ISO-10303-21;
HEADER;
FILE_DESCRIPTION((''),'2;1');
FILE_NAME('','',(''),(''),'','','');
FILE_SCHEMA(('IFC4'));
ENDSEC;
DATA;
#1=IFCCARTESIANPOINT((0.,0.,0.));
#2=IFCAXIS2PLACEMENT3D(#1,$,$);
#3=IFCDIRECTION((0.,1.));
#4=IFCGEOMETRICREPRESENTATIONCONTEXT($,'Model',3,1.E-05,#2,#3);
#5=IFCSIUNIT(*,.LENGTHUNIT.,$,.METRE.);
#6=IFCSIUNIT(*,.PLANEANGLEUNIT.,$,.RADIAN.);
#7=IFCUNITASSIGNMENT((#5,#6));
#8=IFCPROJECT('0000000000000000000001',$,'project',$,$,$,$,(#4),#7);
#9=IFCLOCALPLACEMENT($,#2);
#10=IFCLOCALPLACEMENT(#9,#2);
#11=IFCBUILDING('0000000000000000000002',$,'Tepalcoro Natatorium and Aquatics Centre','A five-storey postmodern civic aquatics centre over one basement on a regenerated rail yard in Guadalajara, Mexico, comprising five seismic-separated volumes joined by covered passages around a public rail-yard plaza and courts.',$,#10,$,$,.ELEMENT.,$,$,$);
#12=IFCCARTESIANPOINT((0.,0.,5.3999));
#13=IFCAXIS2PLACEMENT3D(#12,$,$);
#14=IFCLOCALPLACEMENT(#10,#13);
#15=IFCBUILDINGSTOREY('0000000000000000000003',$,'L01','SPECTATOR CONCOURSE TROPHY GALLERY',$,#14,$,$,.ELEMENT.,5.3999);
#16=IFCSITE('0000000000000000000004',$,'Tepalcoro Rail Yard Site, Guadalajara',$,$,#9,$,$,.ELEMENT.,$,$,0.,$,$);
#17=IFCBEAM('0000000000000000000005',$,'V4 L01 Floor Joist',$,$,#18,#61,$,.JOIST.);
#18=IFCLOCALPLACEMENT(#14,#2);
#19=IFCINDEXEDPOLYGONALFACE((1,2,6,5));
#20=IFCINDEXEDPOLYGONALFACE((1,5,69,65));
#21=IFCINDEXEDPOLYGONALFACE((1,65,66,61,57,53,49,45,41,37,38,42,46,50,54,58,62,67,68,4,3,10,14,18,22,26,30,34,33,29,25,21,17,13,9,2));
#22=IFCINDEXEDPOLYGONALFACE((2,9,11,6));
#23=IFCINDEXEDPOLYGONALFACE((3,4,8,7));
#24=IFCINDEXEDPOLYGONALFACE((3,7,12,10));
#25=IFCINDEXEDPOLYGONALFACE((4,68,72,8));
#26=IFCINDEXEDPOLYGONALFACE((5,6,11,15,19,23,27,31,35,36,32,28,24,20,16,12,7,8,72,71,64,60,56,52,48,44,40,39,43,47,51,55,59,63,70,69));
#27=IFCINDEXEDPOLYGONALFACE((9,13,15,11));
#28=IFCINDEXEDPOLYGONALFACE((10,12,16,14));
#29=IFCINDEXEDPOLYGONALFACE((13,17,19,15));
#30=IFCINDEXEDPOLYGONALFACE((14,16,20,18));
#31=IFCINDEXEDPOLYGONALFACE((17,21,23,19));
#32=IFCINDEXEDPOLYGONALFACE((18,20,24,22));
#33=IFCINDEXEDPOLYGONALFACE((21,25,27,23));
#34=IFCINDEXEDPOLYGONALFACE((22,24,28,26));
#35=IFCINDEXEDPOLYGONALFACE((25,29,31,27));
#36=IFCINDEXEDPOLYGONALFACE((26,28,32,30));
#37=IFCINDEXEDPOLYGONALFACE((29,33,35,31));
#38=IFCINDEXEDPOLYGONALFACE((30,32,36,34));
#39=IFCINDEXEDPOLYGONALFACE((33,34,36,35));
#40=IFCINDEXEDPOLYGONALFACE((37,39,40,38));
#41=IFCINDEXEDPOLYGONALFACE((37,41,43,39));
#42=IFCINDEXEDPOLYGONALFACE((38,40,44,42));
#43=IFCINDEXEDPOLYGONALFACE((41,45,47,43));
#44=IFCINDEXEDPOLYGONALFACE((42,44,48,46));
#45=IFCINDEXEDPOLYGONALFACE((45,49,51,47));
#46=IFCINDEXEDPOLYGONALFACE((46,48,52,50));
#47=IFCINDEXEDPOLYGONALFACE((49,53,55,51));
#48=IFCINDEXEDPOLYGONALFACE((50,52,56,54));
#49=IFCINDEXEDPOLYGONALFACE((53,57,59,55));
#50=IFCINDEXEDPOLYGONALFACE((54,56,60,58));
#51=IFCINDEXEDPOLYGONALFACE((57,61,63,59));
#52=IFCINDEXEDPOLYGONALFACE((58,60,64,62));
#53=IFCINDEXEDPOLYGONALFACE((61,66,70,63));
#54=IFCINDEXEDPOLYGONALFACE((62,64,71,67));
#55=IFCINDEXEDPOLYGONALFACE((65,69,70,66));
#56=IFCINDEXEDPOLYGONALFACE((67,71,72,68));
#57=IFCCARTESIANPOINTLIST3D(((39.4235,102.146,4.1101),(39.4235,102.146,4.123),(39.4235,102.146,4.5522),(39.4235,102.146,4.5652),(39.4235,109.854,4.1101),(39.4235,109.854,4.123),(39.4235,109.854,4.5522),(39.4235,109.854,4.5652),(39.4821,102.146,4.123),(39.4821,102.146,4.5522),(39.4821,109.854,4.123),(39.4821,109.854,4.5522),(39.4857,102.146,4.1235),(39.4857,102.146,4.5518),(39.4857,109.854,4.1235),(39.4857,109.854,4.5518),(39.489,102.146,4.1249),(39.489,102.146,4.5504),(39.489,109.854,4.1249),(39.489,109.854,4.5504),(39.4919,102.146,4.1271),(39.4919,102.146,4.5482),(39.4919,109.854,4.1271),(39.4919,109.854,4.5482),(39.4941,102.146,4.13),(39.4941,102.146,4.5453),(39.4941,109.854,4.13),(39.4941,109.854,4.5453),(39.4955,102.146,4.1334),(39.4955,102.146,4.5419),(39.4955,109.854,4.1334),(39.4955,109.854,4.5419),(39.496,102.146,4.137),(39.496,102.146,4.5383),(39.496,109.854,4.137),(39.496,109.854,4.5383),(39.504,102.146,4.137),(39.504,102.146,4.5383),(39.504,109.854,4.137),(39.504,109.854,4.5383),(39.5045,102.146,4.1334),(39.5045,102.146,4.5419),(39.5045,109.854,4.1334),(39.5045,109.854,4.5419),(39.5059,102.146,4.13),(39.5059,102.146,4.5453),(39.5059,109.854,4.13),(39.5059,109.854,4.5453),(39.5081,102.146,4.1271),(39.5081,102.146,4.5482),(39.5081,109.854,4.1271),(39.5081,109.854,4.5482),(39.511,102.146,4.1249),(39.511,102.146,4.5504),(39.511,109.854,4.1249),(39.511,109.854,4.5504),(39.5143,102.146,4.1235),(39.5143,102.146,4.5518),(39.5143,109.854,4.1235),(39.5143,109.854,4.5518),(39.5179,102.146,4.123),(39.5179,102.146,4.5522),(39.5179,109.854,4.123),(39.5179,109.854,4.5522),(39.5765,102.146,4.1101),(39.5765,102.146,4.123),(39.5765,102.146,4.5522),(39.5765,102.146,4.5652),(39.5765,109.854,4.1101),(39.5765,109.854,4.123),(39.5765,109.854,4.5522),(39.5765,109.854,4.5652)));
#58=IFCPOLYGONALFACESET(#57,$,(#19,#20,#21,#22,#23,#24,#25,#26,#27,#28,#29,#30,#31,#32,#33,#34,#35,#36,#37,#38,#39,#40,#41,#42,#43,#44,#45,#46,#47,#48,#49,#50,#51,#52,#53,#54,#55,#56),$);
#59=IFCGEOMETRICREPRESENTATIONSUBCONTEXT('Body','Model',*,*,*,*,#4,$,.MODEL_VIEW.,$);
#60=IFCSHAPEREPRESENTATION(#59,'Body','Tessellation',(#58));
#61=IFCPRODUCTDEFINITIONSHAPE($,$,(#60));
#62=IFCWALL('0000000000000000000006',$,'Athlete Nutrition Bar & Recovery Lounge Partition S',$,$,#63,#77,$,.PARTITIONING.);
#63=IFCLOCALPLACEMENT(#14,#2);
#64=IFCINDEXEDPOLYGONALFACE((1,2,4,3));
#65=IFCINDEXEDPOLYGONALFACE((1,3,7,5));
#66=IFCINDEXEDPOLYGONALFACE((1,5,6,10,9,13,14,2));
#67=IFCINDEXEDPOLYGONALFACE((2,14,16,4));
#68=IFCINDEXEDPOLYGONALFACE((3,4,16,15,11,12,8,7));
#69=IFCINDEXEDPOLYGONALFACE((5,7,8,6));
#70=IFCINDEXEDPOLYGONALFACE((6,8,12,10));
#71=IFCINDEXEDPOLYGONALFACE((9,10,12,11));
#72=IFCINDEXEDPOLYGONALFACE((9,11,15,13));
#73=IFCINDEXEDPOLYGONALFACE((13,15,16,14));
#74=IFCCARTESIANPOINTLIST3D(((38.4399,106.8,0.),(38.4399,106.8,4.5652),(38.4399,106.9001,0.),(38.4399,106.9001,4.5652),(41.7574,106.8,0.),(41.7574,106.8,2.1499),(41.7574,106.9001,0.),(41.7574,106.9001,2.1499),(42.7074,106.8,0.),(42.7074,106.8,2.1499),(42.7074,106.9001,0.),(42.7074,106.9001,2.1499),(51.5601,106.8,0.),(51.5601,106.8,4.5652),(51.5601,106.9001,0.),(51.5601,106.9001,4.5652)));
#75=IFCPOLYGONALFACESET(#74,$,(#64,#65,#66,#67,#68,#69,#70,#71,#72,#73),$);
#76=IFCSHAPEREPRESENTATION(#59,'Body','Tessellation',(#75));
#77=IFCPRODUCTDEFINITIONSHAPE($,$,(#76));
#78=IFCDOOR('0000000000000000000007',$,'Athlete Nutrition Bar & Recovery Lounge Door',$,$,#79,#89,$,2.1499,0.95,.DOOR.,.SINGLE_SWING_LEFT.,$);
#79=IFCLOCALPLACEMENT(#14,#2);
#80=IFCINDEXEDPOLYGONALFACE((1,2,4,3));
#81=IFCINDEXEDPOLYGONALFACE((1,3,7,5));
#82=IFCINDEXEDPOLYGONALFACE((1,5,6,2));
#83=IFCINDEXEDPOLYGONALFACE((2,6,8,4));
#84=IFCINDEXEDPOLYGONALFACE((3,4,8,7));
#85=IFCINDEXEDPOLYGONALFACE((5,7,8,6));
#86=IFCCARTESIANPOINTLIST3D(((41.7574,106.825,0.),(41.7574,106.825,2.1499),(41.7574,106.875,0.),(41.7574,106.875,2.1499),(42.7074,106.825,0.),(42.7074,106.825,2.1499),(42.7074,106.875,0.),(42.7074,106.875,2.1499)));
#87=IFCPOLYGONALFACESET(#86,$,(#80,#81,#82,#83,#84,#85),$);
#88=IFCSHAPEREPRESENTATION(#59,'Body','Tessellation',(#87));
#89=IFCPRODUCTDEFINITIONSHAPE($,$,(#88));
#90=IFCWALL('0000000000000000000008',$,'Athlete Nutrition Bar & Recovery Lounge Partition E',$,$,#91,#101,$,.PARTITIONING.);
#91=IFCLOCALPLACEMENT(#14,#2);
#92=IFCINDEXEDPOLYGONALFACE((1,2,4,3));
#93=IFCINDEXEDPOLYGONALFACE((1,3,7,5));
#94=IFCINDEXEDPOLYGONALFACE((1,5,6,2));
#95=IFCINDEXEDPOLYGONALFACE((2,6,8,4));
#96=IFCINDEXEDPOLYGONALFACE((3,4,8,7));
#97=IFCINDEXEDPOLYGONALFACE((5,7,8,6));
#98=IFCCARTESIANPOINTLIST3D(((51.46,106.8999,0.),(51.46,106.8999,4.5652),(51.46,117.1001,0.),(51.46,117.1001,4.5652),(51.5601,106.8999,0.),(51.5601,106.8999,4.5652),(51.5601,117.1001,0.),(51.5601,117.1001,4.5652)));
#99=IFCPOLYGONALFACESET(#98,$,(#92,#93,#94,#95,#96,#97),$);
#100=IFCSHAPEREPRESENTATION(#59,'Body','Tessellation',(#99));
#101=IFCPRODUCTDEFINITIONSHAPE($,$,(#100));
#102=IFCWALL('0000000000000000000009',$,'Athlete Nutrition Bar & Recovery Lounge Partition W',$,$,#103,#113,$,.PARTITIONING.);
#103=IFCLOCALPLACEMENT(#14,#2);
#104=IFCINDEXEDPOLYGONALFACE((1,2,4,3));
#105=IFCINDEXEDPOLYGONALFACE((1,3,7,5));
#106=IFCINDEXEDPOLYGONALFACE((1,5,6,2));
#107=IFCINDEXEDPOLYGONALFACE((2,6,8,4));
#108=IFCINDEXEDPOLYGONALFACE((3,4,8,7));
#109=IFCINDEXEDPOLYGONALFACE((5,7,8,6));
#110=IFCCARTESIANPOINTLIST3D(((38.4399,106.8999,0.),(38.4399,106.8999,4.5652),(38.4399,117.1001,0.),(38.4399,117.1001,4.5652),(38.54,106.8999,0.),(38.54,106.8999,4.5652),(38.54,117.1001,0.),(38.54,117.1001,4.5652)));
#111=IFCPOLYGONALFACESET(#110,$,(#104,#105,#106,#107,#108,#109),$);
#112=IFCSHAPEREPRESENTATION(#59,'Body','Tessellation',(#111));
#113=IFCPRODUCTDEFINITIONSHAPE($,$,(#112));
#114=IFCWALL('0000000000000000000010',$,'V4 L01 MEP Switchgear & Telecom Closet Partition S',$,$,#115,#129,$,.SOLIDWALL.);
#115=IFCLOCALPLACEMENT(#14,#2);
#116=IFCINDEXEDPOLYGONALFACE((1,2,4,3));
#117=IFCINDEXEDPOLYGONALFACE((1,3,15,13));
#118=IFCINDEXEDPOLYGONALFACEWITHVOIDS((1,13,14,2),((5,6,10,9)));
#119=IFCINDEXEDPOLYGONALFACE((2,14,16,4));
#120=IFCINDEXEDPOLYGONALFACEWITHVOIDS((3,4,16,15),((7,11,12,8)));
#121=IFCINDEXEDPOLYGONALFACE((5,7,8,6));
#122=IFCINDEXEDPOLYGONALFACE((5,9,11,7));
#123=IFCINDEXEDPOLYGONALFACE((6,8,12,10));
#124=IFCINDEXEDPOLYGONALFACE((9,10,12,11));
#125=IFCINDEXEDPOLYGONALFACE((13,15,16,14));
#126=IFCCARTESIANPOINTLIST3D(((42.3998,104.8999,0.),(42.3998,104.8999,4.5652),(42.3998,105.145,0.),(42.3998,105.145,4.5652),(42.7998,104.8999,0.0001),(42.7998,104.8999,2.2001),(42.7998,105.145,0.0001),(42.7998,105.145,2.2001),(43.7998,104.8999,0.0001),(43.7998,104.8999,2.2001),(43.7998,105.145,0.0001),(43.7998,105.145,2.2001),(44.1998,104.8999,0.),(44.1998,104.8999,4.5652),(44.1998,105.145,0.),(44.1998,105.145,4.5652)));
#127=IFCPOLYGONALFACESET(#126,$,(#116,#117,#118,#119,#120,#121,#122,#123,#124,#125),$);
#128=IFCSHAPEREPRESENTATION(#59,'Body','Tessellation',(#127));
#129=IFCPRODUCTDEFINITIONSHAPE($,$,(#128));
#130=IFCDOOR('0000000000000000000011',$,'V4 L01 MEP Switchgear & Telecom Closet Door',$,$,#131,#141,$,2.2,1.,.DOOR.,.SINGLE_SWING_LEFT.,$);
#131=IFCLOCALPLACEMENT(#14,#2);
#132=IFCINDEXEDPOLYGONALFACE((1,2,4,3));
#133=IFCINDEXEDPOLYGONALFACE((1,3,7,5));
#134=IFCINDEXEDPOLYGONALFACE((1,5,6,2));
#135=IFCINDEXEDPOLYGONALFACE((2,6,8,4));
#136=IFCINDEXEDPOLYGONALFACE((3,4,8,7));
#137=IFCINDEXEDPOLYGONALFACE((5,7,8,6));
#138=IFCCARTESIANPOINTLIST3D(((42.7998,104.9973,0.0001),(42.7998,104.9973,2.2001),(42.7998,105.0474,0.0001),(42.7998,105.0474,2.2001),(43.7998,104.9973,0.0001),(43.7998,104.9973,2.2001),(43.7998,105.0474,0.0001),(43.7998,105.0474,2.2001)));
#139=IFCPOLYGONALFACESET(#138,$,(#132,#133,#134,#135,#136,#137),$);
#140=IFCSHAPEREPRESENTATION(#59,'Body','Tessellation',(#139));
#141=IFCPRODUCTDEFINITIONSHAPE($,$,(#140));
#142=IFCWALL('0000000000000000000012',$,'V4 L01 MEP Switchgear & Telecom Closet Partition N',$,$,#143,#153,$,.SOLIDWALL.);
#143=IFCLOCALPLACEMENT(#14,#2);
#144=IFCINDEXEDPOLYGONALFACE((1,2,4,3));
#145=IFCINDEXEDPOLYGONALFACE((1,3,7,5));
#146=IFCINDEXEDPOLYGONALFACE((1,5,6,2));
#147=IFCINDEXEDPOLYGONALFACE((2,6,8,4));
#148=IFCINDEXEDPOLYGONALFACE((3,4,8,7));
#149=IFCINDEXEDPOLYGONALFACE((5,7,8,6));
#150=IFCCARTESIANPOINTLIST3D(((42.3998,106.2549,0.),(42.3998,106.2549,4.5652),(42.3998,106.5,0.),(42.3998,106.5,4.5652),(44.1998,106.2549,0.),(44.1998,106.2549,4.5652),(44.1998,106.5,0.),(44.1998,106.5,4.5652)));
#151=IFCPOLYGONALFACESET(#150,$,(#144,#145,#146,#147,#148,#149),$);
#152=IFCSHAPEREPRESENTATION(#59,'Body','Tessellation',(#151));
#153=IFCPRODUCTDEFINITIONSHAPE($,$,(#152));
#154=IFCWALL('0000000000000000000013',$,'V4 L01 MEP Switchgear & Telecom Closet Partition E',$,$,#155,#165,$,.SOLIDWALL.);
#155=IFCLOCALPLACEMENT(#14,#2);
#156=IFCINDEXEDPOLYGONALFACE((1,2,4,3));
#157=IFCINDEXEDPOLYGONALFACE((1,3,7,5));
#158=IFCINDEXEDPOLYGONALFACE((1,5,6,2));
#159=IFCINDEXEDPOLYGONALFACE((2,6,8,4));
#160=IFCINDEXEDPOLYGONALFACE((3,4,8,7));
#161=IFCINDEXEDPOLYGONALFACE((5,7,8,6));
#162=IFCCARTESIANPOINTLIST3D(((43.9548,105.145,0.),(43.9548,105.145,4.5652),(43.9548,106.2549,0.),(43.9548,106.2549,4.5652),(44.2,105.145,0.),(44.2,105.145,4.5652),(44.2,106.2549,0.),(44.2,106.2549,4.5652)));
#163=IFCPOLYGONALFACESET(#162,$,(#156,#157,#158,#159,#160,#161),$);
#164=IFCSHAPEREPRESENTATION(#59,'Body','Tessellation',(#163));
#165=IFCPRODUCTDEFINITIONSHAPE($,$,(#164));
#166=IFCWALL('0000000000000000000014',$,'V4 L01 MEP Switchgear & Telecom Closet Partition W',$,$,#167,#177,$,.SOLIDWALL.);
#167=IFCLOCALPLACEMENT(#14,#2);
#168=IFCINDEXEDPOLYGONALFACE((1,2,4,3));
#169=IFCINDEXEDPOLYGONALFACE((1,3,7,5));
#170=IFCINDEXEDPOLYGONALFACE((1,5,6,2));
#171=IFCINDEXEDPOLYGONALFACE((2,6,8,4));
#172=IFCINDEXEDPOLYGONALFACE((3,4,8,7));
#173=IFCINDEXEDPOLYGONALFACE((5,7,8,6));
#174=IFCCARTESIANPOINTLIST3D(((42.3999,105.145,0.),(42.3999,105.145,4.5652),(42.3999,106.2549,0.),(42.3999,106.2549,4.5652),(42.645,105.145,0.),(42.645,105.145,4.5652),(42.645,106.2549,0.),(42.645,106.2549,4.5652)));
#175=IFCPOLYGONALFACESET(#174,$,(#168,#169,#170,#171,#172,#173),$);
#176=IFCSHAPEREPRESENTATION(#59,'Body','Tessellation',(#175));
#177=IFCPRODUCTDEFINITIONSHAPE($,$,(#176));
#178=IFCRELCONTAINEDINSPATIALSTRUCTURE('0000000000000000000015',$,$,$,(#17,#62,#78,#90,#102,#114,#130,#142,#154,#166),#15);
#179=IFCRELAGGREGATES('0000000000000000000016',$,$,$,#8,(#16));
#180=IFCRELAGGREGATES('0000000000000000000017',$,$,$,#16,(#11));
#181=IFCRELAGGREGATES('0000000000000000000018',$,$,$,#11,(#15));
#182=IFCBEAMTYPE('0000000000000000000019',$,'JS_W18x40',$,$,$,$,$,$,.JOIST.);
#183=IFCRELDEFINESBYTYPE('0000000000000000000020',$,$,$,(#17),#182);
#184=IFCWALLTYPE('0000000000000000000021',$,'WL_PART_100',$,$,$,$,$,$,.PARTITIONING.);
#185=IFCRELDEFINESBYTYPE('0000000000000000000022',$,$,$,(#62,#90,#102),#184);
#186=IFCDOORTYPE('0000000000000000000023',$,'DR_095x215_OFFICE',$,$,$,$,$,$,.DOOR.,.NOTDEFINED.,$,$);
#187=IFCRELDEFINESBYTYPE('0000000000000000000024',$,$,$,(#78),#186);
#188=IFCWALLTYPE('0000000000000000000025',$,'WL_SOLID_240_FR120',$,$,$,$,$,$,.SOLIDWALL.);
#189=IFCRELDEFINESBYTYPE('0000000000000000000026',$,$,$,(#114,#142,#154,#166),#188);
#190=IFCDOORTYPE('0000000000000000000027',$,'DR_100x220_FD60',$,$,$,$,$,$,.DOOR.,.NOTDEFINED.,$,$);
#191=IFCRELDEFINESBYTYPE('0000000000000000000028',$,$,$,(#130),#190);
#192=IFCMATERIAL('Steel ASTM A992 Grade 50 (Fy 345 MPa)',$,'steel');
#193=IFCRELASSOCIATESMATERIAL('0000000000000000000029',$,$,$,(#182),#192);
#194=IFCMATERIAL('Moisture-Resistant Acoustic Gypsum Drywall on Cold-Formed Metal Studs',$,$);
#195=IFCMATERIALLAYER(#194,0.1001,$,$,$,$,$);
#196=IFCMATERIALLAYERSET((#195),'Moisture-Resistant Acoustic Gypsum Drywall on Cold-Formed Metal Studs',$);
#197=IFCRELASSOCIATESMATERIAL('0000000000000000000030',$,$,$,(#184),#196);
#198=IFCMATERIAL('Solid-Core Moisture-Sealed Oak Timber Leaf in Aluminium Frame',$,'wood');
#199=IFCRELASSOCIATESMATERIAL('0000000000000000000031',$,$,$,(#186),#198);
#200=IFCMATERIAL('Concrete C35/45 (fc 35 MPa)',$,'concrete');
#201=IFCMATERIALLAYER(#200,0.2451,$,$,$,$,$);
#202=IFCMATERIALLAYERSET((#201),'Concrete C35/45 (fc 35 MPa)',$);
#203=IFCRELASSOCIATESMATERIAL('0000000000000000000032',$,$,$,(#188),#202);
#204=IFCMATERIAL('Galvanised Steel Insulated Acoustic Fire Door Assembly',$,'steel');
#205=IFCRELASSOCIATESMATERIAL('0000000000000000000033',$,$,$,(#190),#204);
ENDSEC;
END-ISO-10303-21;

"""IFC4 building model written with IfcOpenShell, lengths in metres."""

from ifc_helpers import new_model, si_unit, direction, frame, frame_2d, origin, origin_2d, place, context, subcontext, project, spatial, rectangle, i_section, extrude, material, layer, layer_set, material_profile, profile_set, type_object, element, fill, save


model = new_model("IFC4")

# Units and contexts
model_context = context("Model", 3, precision=1e-05, world=origin(), true_north=direction((0.0, 1.0)))
body_context = subcontext(model_context, "Body", "Model", "MODEL_VIEW")
ifc_project = project(units=[si_unit("LENGTHUNIT", "METRE"), si_unit("PLANEANGLEUNIT", "RADIAN")], contexts=[model_context])

# Site, building, storey
site_placement = place(None, origin())
site = spatial("IfcSite", under=ifc_project, at=site_placement, Name="Tepalcoro Rail Yard Site, Guadalajara", CompositionType="ELEMENT", RefElevation=0.0)
building_placement = place(site_placement, origin())
building = spatial("IfcBuilding", under=site, at=building_placement, Name="Tepalcoro Natatorium and Aquatics Centre", Description="A five-storey postmodern civic aquatics centre over one basement on a regenerated rail yard in Guadalajara, Mexico, comprising five seismic-separated volumes joined by covered passages around a public rail-yard plaza and courts.", CompositionType="ELEMENT")
storey_placement = place(building_placement, frame((0.0, 0.0, 5.3999)))
storey = spatial("IfcBuildingStorey", under=building, at=storey_placement, Name="L01", Description="SPECTATOR CONCOURSE TROPHY GALLERY", CompositionType="ELEMENT", Elevation=5.3999)

# Beam
ifc_material_1 = material(Name="Steel ASTM A992 Grade 50 (Fy 345 MPa)", Category="steel")
ifc_material_profile_1 = material_profile(ifc_material_1, i_section(OverallWidth=0.1531, OverallDepth=0.4551, WebThickness=0.0081, FlangeThickness=0.0129, FilletRadius=0.0139, at=origin_2d()), Name="W18X40")
ifc_profile_set_1 = profile_set([ifc_material_profile_1], Name="Steel ASTM A992 Grade 50 (Fy 345 MPa)")
beam_type_1 = type_object("IfcBeamType", Name="JS_W18x40", PredefinedType="JOIST", material=ifc_profile_set_1)
beam_1_placement = place(storey_placement, frame((39.5, 102.146, 4.3376), z_axis=(0.0, 1.0, 0.0), x_axis=(-1.0, 0.0, 0.0)))
element("IfcBeam", 1, at=beam_1_placement, inside=storey, type_object=beam_type_1, Name="V4 L01 Floor Joist", PredefinedType="JOIST", context=body_context, shape_type="SweptSolid", body=[
    extrude(i_section(OverallWidth=0.1531, OverallDepth=0.4551, WebThickness=0.0081, FlangeThickness=0.0129, FilletRadius=0.0139, at=origin_2d()), origin(), (0.0, 0.0, 1.0), 7.708),
])

# Wall, opening, door
ifc_material_2 = material(Name="Moisture-Resistant Acoustic Gypsum Drywall on Cold-Formed Metal Studs")
ifc_layer_1 = layer(ifc_material_2, 0.1001)
ifc_layer_set_1 = layer_set([ifc_layer_1], Name="Moisture-Resistant Acoustic Gypsum Drywall on Cold-Formed Metal Studs")
wall_type_1 = type_object("IfcWallType", Name="WL_PART_100", PredefinedType="PARTITIONING", material=ifc_layer_set_1)
wall_1_placement = place(storey_placement, frame((38.4399, 106.8501, 0.0), z_axis=(0.0, 0.0, 1.0), x_axis=(1.0, 0.0, 0.0)))
wall_1 = element("IfcWall", 2, at=wall_1_placement, inside=storey, type_object=wall_type_1, Name="Athlete Nutrition Bar & Recovery Lounge Partition S", PredefinedType="PARTITIONING", context=body_context, shape_type="SweptSolid", body=[
    extrude(rectangle(XDim=13.1201, YDim=0.1001, at=frame_2d((6.5601, 0.0))), origin(), (0.0, 0.0, 1.0), 4.5652),
])
opening_1_placement = place(wall_1_placement, frame((3.3174, 0.0, 0.0)))
opening_1 = element("IfcOpeningElement", 3, at=opening_1_placement, cuts=wall_1, PredefinedType="OPENING", context=body_context, shape_type="SweptSolid", body=[
    extrude(rectangle(XDim=0.95, YDim=2.1499, at=frame_2d((0.4751, 1.075))), frame((0.0, 0.062, 0.0), z_axis=(0.0, -1.0, 0.0), x_axis=(1.0, 0.0, 0.0)), (0.0, 0.0, 1.0), 0.124),
])
ifc_material_3 = material(Name="Solid-Core Moisture-Sealed Oak Timber Leaf in Aluminium Frame", Category="wood")
door_type_1 = type_object("IfcDoorType", Name="DR_095x215_OFFICE", OperationType="NOTDEFINED", PredefinedType="DOOR", material=ifc_material_3)
door_1_placement = place(opening_1_placement, origin())
door_1 = element("IfcDoor", 4, at=door_1_placement, inside=storey, type_object=door_type_1, Name="Athlete Nutrition Bar & Recovery Lounge Door", OperationType="SINGLE_SWING_LEFT", OverallHeight=2.1499, OverallWidth=0.95, PredefinedType="DOOR", context=body_context, shape_type="SweptSolid", body=[
    extrude(rectangle(XDim=0.95, YDim=2.1499, at=frame_2d((0.4751, 1.075))), frame((0.0, 0.0249, 0.0), z_axis=(0.0, -1.0, 0.0), x_axis=(1.0, 0.0, 0.0)), (0.0, 0.0, 1.0), 0.05),
])
fill(opening_1, door_1)

# Walls
for number, where, z_axis, x_axis, name in (
    (5, (51.51, 106.8999, 0.0), (0.0, 0.0, 1.0), (0.0, 1.0, 0.0), "Athlete Nutrition Bar & Recovery Lounge Partition E"),
    (6, (38.49, 106.8999, 0.0), (0.0, 0.0, 1.0), (0.0, 1.0, 0.0), "Athlete Nutrition Bar & Recovery Lounge Partition W"),
):
    element("IfcWall", number, at=place(storey_placement, frame(where, z_axis=z_axis, x_axis=x_axis)), inside=storey, type_object=wall_type_1, Name=name, PredefinedType="PARTITIONING", context=body_context, shape_type="SweptSolid", body=[
        extrude(rectangle(XDim=10.2002, YDim=0.1001, at=frame_2d((5.1001, 0.0))), origin(), (0.0, 0.0, 1.0), 4.5652),
    ])

# Wall, opening, door
ifc_material_4 = material(Name="Concrete C35/45 (fc 35 MPa)", Category="concrete")
ifc_layer_2 = layer(ifc_material_4, 0.2451)
ifc_layer_set_2 = layer_set([ifc_layer_2], Name="Concrete C35/45 (fc 35 MPa)")
wall_type_2 = type_object("IfcWallType", Name="WL_SOLID_240_FR120", PredefinedType="SOLIDWALL", material=ifc_layer_set_2)
wall_2_placement = place(storey_placement, frame((42.3999, 105.0225, 0.0), z_axis=(0.0, 0.0, 1.0), x_axis=(1.0, 0.0, 0.0)))
wall_2 = element("IfcWall", 7, at=wall_2_placement, inside=storey, type_object=wall_type_2, Name="V4 L01 MEP Switchgear & Telecom Closet Partition S", PredefinedType="SOLIDWALL", context=body_context, shape_type="SweptSolid", body=[
    extrude(rectangle(XDim=1.8, YDim=0.2451, at=frame_2d((0.8999, 0.0))), origin(), (0.0, 0.0, 1.0), 4.5652),
])
opening_2_placement = place(wall_2_placement, frame((0.3999, 0.0, 0.0)))
opening_2 = element("IfcOpeningElement", 8, at=opening_2_placement, cuts=wall_2, PredefinedType="OPENING", context=body_context, shape_type="SweptSolid", body=[
    extrude(rectangle(XDim=1.0, YDim=2.2, at=frame_2d((0.5, 1.1001))), frame((0.0, 0.1345, 0.0), z_axis=(0.0, -1.0, 0.0), x_axis=(1.0, 0.0, 0.0)), (0.0, 0.0, 1.0), 0.269),
])
ifc_material_5 = material(Name="Galvanised Steel Insulated Acoustic Fire Door Assembly", Category="steel")
door_type_2 = type_object("IfcDoorType", Name="DR_100x220_FD60", OperationType="NOTDEFINED", PredefinedType="DOOR", material=ifc_material_5)
door_2_placement = place(opening_2_placement, origin())
door_2 = element("IfcDoor", 9, at=door_2_placement, inside=storey, type_object=door_type_2, Name="V4 L01 MEP Switchgear & Telecom Closet Door", OperationType="SINGLE_SWING_LEFT", OverallHeight=2.2, OverallWidth=1.0, PredefinedType="DOOR", context=body_context, shape_type="SweptSolid", body=[
    extrude(rectangle(XDim=1.0, YDim=2.2, at=frame_2d((0.5, 1.1001))), frame((0.0, 0.0249, 0.0), z_axis=(0.0, -1.0, 0.0), x_axis=(1.0, 0.0, 0.0)), (0.0, 0.0, 1.0), 0.05),
])
fill(opening_2, door_2)

# Walls
wall_3_placement = place(storey_placement, frame((42.3999, 106.3774, 0.0), z_axis=(0.0, 0.0, 1.0), x_axis=(1.0, 0.0, 0.0)))
element("IfcWall", 10, at=wall_3_placement, inside=storey, type_object=wall_type_2, Name="V4 L01 MEP Switchgear & Telecom Closet Partition N", PredefinedType="SOLIDWALL", context=body_context, shape_type="SweptSolid", body=[
    extrude(rectangle(XDim=1.8, YDim=0.2451, at=frame_2d((0.8999, 0.0))), origin(), (0.0, 0.0, 1.0), 4.5652),
])
for number, where, z_axis, x_axis, name in (
    (11, (44.0774, 105.145, 0.0), (0.0, 0.0, 1.0), (0.0, 1.0, 0.0), "V4 L01 MEP Switchgear & Telecom Closet Partition E"),
    (12, (42.5225, 105.145, 0.0), (0.0, 0.0, 1.0), (0.0, 1.0, 0.0), "V4 L01 MEP Switchgear & Telecom Closet Partition W"),
):
    element("IfcWall", number, at=place(storey_placement, frame(where, z_axis=z_axis, x_axis=x_axis)), inside=storey, type_object=wall_type_2, Name=name, PredefinedType="SOLIDWALL", context=body_context, shape_type="SweptSolid", body=[
        extrude(rectangle(XDim=1.1099, YDim=0.2451, at=frame_2d((0.5549, 0.0))), origin(), (0.0, 0.0, 1.0), 4.5652),
    ])

save(model, "model.ifc")
